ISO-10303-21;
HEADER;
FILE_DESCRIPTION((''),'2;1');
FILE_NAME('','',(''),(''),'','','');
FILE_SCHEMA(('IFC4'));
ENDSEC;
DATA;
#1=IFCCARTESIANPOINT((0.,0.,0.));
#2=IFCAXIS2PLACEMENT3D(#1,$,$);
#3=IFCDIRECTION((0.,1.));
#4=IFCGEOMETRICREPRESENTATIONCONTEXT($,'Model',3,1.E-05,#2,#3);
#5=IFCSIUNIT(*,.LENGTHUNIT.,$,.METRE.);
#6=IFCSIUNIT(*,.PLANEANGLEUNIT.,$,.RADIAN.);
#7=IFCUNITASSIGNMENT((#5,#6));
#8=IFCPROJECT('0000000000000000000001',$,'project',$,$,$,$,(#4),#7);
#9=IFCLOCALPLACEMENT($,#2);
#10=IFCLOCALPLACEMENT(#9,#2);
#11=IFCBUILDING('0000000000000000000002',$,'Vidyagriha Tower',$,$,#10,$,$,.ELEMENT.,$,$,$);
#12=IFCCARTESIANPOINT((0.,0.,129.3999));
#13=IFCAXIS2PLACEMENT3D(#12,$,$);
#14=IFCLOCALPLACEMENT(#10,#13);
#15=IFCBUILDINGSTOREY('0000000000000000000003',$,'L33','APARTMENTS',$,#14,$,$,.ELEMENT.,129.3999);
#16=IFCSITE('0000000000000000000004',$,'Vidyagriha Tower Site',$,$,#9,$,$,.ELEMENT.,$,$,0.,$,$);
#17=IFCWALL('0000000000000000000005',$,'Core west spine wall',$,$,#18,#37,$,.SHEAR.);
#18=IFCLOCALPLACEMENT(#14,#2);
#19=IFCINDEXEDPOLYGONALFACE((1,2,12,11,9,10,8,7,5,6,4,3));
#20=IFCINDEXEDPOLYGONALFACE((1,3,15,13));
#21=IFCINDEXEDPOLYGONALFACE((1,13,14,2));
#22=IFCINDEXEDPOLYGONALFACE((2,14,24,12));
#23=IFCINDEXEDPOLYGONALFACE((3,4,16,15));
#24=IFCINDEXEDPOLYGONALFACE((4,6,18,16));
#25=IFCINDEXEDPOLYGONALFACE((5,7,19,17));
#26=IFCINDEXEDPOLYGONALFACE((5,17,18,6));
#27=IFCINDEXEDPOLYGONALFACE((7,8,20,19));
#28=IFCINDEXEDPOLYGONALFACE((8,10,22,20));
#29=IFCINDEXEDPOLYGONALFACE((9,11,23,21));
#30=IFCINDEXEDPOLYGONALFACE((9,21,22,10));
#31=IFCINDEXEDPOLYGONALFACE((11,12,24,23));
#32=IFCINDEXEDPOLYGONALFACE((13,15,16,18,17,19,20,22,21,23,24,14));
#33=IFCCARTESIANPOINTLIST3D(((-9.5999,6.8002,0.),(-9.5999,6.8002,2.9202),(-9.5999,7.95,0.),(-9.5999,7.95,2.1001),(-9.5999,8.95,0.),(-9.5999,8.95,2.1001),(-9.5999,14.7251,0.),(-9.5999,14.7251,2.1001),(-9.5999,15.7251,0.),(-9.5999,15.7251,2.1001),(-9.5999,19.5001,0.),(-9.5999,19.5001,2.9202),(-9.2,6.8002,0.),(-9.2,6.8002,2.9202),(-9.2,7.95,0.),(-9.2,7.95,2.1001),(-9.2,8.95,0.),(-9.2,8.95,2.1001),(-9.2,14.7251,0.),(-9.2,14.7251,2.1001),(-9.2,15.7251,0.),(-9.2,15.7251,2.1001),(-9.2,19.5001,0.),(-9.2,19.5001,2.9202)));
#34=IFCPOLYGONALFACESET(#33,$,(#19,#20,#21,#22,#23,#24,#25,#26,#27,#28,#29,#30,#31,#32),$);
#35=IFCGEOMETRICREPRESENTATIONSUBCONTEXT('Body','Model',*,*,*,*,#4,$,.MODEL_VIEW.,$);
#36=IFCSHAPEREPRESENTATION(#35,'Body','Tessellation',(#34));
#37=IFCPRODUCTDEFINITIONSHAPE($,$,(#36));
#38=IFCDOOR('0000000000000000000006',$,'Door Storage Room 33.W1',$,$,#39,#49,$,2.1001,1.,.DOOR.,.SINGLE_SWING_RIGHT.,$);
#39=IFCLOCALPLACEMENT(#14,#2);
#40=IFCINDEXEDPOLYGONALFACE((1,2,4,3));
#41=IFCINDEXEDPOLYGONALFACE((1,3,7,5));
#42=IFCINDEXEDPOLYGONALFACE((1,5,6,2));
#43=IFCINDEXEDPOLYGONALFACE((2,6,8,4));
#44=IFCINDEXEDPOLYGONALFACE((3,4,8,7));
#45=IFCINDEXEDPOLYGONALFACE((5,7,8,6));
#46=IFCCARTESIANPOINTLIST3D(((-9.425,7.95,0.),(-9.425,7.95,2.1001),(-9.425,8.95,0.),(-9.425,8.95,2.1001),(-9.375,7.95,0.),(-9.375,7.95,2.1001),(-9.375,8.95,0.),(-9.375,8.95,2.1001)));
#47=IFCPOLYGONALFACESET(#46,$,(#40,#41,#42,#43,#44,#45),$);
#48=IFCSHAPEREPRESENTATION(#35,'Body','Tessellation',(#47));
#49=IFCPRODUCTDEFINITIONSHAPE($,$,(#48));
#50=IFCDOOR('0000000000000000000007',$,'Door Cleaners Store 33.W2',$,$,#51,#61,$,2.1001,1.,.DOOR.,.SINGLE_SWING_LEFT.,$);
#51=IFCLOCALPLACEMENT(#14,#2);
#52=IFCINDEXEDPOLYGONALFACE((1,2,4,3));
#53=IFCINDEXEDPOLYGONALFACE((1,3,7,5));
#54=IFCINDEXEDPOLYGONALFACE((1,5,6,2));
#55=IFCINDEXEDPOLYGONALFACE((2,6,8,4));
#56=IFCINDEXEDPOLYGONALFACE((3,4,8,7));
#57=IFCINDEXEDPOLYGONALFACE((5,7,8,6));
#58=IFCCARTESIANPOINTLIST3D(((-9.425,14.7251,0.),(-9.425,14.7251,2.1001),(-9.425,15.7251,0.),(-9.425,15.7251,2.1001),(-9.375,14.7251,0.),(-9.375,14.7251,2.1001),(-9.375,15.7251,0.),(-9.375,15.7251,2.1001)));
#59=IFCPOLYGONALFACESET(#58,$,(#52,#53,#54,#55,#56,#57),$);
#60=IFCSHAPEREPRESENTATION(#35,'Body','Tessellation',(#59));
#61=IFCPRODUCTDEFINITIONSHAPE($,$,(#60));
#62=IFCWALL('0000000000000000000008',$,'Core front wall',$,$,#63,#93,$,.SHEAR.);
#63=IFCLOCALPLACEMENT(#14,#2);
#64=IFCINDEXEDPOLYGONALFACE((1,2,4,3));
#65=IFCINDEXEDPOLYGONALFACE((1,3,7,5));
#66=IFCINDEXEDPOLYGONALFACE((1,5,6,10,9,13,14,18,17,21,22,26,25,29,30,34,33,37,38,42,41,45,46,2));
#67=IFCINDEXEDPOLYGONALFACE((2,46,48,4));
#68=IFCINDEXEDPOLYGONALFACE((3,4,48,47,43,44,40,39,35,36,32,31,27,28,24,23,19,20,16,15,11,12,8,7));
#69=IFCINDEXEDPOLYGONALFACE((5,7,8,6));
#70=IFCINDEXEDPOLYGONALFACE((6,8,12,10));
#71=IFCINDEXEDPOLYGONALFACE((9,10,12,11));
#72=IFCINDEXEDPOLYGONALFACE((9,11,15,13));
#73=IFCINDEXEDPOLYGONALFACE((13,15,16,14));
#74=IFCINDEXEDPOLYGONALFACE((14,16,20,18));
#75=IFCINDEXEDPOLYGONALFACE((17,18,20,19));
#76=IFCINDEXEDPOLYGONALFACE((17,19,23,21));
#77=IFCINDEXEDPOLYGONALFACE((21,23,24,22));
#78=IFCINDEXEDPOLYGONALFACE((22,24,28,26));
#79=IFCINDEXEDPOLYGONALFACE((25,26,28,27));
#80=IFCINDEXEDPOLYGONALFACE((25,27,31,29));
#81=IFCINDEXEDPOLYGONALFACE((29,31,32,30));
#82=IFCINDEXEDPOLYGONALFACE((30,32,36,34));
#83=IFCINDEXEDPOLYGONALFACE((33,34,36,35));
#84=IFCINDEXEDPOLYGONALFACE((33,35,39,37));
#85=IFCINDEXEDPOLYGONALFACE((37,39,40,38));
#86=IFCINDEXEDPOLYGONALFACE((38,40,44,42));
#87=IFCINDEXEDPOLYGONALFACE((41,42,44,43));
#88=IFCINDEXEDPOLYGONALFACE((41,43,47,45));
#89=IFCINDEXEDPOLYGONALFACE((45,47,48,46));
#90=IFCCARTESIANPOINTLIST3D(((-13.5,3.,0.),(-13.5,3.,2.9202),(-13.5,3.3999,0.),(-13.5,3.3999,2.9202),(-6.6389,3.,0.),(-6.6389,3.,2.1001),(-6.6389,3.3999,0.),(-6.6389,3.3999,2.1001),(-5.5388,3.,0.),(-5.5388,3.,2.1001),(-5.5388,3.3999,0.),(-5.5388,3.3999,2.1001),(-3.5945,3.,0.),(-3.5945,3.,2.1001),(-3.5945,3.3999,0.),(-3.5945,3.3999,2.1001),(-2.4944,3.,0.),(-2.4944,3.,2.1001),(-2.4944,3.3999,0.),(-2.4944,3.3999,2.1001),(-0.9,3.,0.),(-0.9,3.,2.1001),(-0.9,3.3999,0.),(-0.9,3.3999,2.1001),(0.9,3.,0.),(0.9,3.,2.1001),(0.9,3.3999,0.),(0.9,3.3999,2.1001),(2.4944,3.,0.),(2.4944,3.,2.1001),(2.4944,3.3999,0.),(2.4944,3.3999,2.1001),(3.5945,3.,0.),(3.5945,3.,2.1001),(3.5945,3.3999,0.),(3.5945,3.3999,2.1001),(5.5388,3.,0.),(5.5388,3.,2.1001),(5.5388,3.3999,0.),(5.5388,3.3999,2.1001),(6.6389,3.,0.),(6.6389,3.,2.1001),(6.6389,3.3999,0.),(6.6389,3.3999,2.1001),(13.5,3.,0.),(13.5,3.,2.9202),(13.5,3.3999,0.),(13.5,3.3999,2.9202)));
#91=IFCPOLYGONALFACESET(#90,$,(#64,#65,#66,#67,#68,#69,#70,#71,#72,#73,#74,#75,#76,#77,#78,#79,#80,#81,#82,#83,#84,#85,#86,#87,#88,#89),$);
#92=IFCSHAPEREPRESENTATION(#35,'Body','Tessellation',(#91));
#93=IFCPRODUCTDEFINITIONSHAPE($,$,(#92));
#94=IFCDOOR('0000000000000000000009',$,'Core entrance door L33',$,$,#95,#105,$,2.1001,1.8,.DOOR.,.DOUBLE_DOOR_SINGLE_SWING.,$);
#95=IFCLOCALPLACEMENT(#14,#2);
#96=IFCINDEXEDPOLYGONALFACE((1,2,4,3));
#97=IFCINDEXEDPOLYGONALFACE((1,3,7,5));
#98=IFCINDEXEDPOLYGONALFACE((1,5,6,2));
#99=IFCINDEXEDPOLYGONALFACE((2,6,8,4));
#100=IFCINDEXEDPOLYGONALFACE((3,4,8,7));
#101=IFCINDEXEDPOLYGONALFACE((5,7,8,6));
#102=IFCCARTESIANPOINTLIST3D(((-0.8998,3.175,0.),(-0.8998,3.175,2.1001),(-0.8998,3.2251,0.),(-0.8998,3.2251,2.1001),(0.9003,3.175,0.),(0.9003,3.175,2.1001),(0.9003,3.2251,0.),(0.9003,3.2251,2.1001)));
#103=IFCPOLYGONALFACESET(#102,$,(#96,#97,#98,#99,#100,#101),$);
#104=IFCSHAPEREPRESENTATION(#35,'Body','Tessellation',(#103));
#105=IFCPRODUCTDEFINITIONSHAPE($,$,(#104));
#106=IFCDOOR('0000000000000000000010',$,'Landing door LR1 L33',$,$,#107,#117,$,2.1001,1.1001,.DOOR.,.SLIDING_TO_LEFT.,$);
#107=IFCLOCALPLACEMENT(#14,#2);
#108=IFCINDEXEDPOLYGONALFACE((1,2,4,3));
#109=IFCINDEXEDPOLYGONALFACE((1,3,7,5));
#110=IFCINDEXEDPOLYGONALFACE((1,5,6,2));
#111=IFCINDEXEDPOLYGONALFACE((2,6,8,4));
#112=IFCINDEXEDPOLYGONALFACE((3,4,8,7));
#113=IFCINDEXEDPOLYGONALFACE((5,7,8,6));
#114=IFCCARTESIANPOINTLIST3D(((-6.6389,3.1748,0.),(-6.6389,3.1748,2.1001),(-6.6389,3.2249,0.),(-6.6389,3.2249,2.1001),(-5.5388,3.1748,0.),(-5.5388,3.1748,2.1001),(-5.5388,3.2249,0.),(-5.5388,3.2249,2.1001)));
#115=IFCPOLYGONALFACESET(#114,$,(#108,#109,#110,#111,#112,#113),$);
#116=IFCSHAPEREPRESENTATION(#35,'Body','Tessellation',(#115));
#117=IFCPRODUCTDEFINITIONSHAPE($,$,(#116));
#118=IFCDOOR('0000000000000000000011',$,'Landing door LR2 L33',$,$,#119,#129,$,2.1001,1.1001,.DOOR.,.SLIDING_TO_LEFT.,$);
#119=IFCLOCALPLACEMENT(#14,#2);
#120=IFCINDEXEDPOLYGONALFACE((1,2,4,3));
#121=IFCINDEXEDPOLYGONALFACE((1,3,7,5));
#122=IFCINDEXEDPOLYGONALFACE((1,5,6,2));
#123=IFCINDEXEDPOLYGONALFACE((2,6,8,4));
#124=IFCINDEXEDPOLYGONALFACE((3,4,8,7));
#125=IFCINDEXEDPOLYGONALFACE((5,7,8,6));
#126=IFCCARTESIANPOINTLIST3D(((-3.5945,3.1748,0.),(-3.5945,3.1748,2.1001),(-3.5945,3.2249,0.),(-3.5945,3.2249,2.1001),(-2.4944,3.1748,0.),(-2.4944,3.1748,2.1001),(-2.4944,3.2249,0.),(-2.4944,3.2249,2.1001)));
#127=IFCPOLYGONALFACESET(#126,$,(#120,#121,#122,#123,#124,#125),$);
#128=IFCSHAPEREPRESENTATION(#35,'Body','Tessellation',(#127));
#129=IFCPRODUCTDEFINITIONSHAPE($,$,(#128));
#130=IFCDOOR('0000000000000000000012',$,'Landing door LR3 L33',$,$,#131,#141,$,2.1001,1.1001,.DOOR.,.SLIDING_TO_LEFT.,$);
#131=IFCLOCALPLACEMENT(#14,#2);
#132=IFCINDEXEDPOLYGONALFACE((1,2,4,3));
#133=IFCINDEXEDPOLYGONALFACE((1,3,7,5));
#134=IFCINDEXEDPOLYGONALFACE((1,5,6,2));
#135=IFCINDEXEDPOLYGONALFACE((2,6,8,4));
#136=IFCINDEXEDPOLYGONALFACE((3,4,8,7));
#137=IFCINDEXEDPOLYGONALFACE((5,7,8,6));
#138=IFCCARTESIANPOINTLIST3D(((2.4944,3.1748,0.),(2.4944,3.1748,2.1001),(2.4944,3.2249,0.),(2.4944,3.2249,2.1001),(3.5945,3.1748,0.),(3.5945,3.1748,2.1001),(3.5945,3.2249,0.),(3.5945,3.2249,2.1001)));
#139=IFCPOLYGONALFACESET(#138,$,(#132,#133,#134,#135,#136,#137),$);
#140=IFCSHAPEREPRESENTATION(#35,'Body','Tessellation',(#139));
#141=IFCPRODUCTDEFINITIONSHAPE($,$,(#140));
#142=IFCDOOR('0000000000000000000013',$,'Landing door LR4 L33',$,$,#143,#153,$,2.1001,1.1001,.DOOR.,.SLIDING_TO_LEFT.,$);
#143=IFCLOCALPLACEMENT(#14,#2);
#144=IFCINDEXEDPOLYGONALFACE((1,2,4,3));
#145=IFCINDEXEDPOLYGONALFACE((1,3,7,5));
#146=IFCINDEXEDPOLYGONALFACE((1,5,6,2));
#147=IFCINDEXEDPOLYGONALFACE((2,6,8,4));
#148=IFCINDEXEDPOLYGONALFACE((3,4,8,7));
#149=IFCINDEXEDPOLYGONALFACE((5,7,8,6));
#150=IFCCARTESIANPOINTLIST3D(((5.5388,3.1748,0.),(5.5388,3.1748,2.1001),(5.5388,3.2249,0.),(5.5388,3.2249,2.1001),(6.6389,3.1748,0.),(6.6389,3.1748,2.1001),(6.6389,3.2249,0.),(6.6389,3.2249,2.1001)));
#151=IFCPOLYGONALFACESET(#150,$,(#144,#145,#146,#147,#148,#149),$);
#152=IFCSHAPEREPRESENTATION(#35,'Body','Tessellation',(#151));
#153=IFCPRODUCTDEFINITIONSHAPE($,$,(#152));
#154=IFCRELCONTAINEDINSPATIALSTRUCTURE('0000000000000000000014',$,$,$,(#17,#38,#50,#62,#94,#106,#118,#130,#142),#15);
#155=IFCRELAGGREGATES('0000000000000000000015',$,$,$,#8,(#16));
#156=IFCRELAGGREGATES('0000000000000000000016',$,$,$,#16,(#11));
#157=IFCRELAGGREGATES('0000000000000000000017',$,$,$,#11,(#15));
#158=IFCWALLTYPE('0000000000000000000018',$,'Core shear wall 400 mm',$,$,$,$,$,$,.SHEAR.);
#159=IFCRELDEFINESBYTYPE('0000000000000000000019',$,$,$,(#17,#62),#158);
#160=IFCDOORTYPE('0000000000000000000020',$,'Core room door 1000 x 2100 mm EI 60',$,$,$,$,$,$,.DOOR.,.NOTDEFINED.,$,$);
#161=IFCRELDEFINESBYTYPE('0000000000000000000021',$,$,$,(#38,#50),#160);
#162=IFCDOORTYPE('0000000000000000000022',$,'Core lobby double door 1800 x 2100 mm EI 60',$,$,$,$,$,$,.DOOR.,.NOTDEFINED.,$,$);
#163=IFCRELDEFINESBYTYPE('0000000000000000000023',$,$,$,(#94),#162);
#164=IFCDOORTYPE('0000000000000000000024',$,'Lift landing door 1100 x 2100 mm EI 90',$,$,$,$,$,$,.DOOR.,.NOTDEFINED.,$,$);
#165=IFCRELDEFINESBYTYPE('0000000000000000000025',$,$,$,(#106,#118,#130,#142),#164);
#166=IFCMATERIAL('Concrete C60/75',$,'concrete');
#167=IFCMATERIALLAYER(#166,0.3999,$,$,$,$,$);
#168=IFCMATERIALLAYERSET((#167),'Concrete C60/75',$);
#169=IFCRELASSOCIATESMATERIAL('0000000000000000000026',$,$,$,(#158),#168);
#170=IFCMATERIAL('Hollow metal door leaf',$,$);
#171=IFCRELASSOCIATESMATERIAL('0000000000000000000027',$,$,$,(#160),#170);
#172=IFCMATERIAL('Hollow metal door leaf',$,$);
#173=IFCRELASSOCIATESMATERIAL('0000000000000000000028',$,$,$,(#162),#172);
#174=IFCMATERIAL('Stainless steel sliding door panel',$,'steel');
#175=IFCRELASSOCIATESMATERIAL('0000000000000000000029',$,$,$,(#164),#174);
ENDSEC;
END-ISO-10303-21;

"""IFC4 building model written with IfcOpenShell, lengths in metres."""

from ifc_helpers import new_model, si_unit, direction, frame, frame_2d, origin, place, context, subcontext, project, spatial, rectangle, extrude, material, layer, layer_set, type_object, element, fill, save


model = new_model("IFC4")

# Units and contexts
model_context = context("Model", 3, precision=1e-05, world=origin(), true_north=direction((0.0, 1.0)))
body_context = subcontext(model_context, "Body", "Model", "MODEL_VIEW")
ifc_project = project(units=[si_unit("LENGTHUNIT", "METRE"), si_unit("PLANEANGLEUNIT", "RADIAN")], contexts=[model_context])

# Site, building, storey
site_placement = place(None, origin())
site = spatial("IfcSite", under=ifc_project, at=site_placement, Name="Vidyagriha Tower Site", CompositionType="ELEMENT", RefElevation=0.0)
building_placement = place(site_placement, origin())
building = spatial("IfcBuilding", under=site, at=building_placement, Name="Vidyagriha Tower", CompositionType="ELEMENT")
storey_placement = place(building_placement, frame((0.0, 0.0, 129.3999)))
storey = spatial("IfcBuildingStorey", under=building, at=storey_placement, Name="L33", Description="APARTMENTS", CompositionType="ELEMENT", Elevation=129.3999)

# Walls, openings, doors
ifc_material_1 = material(Name="Concrete C60/75", Category="concrete")
ifc_layer_1 = layer(ifc_material_1, 0.3999)
ifc_layer_set_1 = layer_set([ifc_layer_1], Name="Concrete C60/75")
wall_type_1 = type_object("IfcWallType", Name="Core shear wall 400 mm", PredefinedType="SHEAR", material=ifc_layer_set_1)
wall_1_placement = place(storey_placement, frame((-9.3999, 6.8, 0.0), z_axis=(0.0, 0.0, 1.0), x_axis=(0.0, 1.0, 0.0)))
wall_1 = element("IfcWall", 1, at=wall_1_placement, inside=storey, type_object=wall_type_1, Name="Core west spine wall", PredefinedType="SHEAR", context=body_context, shape_type="SweptSolid", body=[
    extrude(rectangle(XDim=12.7, YDim=0.3999, at=frame_2d((6.3501, 0.0))), origin(), (0.0, 0.0, 1.0), 2.9202),
])
opening_1_placement = place(wall_1_placement, frame((1.1499, 0.0, 0.0)))
opening_1 = element("IfcOpeningElement", 2, at=opening_1_placement, cuts=wall_1, PredefinedType="OPENING", context=body_context, shape_type="SweptSolid", body=[
    extrude(rectangle(XDim=1.0, YDim=2.1001, at=frame_2d((0.5, 1.05))), frame((0.0, 0.21, 0.0), z_axis=(0.0, -1.0, 0.0), x_axis=(1.0, 0.0, 0.0)), (0.0, 0.0, 1.0), 0.4199),
])
opening_2_placement = place(wall_1_placement, frame((7.925, 0.0, 0.0)))
opening_2 = element("IfcOpeningElement", 3, at=opening_2_placement, cuts=wall_1, PredefinedType="OPENING", context=body_context, shape_type="SweptSolid", body=[
    extrude(rectangle(XDim=1.0, YDim=2.1001, at=frame_2d((0.5, 1.05))), frame((0.0, 0.21, 0.0), z_axis=(0.0, -1.0, 0.0), x_axis=(1.0, 0.0, 0.0)), (0.0, 0.0, 1.0), 0.4199),
])
ifc_material_2 = material(Name="Hollow metal door leaf")
door_type_1 = type_object("IfcDoorType", Name="Core room door 1000 x 2100 mm EI 60", OperationType="NOTDEFINED", PredefinedType="DOOR", material=ifc_material_2)
door_1_placement = place(opening_1_placement, frame((1.0, 0.0, 0.0), z_axis=(0.0, 0.0, 1.0), x_axis=(-1.0, 0.0, 0.0)))
door_1 = element("IfcDoor", 4, at=door_1_placement, inside=storey, type_object=door_type_1, Name="Door Storage Room 33.W1", OperationType="SINGLE_SWING_RIGHT", OverallHeight=2.1001, OverallWidth=1.0, PredefinedType="DOOR", context=body_context, shape_type="SweptSolid", body=[
    extrude(rectangle(XDim=1.0, YDim=2.1001, at=frame_2d((0.5, 1.05))), frame((0.0, 0.0249, 0.0), z_axis=(0.0, -1.0, 0.0), x_axis=(1.0, 0.0, 0.0)), (0.0, 0.0, 1.0), 0.05),
])
fill(opening_1, door_1)
door_2_placement = place(opening_2_placement, frame((1.0, 0.0, 0.0), z_axis=(0.0, 0.0, 1.0), x_axis=(-1.0, 0.0, 0.0)))
door_2 = element("IfcDoor", 5, at=door_2_placement, inside=storey, type_object=door_type_1, Name="Door Cleaners Store 33.W2", OperationType="SINGLE_SWING_LEFT", OverallHeight=2.1001, OverallWidth=1.0, PredefinedType="DOOR", context=body_context, shape_type="SweptSolid", body=[
    extrude(rectangle(XDim=1.0, YDim=2.1001, at=frame_2d((0.5, 1.05))), frame((0.0, 0.0249, 0.0), z_axis=(0.0, -1.0, 0.0), x_axis=(1.0, 0.0, 0.0)), (0.0, 0.0, 1.0), 0.05),
])
fill(opening_2, door_2)
wall_2_placement = place(storey_placement, frame((-13.5, 3.2, 0.0)))
wall_2 = element("IfcWall", 6, at=wall_2_placement, inside=storey, type_object=wall_type_1, Name="Core front wall", PredefinedType="SHEAR", context=body_context, shape_type="SweptSolid", body=[
    extrude(rectangle(XDim=27.0, YDim=0.3999, at=frame_2d((13.5, 0.0))), origin(), (0.0, 0.0, 1.0), 2.9202),
])
opening_3_placement = place(wall_2_placement, frame((6.8611, 0.0, 0.0)))
opening_3 = element("IfcOpeningElement", 7, at=opening_3_placement, cuts=wall_2, PredefinedType="OPENING", context=body_context, shape_type="SweptSolid", body=[
    extrude(rectangle(XDim=1.1001, YDim=2.1001, at=frame_2d((0.55, 1.05))), frame((0.0, 0.21, 0.0), z_axis=(0.0, -1.0, 0.0), x_axis=(1.0, 0.0, 0.0)), (0.0, 0.0, 1.0), 0.4199),
])
opening_4_placement = place(wall_2_placement, frame((9.9055, 0.0, 0.0)))
opening_4 = element("IfcOpeningElement", 8, at=opening_4_placement, cuts=wall_2, PredefinedType="OPENING", context=body_context, shape_type="SweptSolid", body=[
    extrude(rectangle(XDim=1.1001, YDim=2.1001, at=frame_2d((0.55, 1.05))), frame((0.0, 0.21, 0.0), z_axis=(0.0, -1.0, 0.0), x_axis=(1.0, 0.0, 0.0)), (0.0, 0.0, 1.0), 0.4199),
])
opening_5_placement = place(wall_2_placement, frame((15.9944, 0.0, 0.0)))
opening_5 = element("IfcOpeningElement", 9, at=opening_5_placement, cuts=wall_2, PredefinedType="OPENING", context=body_context, shape_type="SweptSolid", body=[
    extrude(rectangle(XDim=1.1001, YDim=2.1001, at=frame_2d((0.55, 1.05))), frame((0.0, 0.21, 0.0), z_axis=(0.0, -1.0, 0.0), x_axis=(1.0, 0.0, 0.0)), (0.0, 0.0, 1.0), 0.4199),
])
opening_6_placement = place(wall_2_placement, frame((19.0388, 0.0, 0.0)))
opening_6 = element("IfcOpeningElement", 10, at=opening_6_placement, cuts=wall_2, PredefinedType="OPENING", context=body_context, shape_type="SweptSolid", body=[
    extrude(rectangle(XDim=1.1001, YDim=2.1001, at=frame_2d((0.55, 1.05))), frame((0.0, 0.21, 0.0), z_axis=(0.0, -1.0, 0.0), x_axis=(1.0, 0.0, 0.0)), (0.0, 0.0, 1.0), 0.4199),
])
opening_7_placement = place(wall_2_placement, frame((12.6001, 0.0, 0.0)))
opening_7 = element("IfcOpeningElement", 11, at=opening_7_placement, cuts=wall_2, PredefinedType="OPENING", context=body_context, shape_type="SweptSolid", body=[
    extrude(rectangle(XDim=1.8, YDim=2.1001, at=frame_2d((0.8999, 1.05))), frame((0.0, 0.21, 0.0), z_axis=(0.0, -1.0, 0.0), x_axis=(1.0, 0.0, 0.0)), (0.0, 0.0, 1.0), 0.4199),
])
ifc_material_3 = material(Name="Hollow metal door leaf")
door_type_2 = type_object("IfcDoorType", Name="Core lobby double door 1800 x 2100 mm EI 60", OperationType="NOTDEFINED", PredefinedType="DOOR", material=ifc_material_3)
door_3_placement = place(opening_7_placement, frame((1.8, 0.0, 0.0), z_axis=(0.0, 0.0, 1.0), x_axis=(-1.0, 0.0, 0.0)))
door_3 = element("IfcDoor", 12, at=door_3_placement, inside=storey, type_object=door_type_2, Name="Core entrance door L33", OperationType="DOUBLE_DOOR_SINGLE_SWING", OverallHeight=2.1001, OverallWidth=1.8, PredefinedType="DOOR", context=body_context, shape_type="SweptSolid", body=[
    extrude(rectangle(XDim=1.8, YDim=2.1001, at=frame_2d((0.8999, 1.05))), frame((0.0, 0.0249, 0.0), z_axis=(0.0, -1.0, 0.0), x_axis=(1.0, 0.0, 0.0)), (0.0, 0.0, 1.0), 0.05),
])
fill(opening_7, door_3)
ifc_material_4 = material(Name="Stainless steel sliding door panel", Category="steel")
door_type_3 = type_object("IfcDoorType", Name="Lift landing door 1100 x 2100 mm EI 90", OperationType="NOTDEFINED", PredefinedType="DOOR", material=ifc_material_4)
door_4_placement = place(opening_3_placement, origin())
door_4 = element("IfcDoor", 13, at=door_4_placement, inside=storey, type_object=door_type_3, Name="Landing door LR1 L33", OperationType="SLIDING_TO_LEFT", OverallHeight=2.1001, OverallWidth=1.1001, PredefinedType="DOOR", context=body_context, shape_type="SweptSolid", body=[
    extrude(rectangle(XDim=1.1001, YDim=2.1001, at=frame_2d((0.55, 1.05))), frame((0.0, 0.0249, 0.0), z_axis=(0.0, -1.0, 0.0), x_axis=(1.0, 0.0, 0.0)), (0.0, 0.0, 1.0), 0.05),
])
fill(opening_3, door_4)
door_5_placement = place(opening_4_placement, origin())
door_5 = element("IfcDoor", 14, at=door_5_placement, inside=storey, type_object=door_type_3, Name="Landing door LR2 L33", OperationType="SLIDING_TO_LEFT", OverallHeight=2.1001, OverallWidth=1.1001, PredefinedType="DOOR", context=body_context, shape_type="SweptSolid", body=[
    extrude(rectangle(XDim=1.1001, YDim=2.1001, at=frame_2d((0.55, 1.05))), frame((0.0, 0.0249, 0.0), z_axis=(0.0, -1.0, 0.0), x_axis=(1.0, 0.0, 0.0)), (0.0, 0.0, 1.0), 0.05),
])
fill(opening_4, door_5)
door_6_placement = place(opening_5_placement, origin())
door_6 = element("IfcDoor", 15, at=door_6_placement, inside=storey, type_object=door_type_3, Name="Landing door LR3 L33", OperationType="SLIDING_TO_LEFT", OverallHeight=2.1001, OverallWidth=1.1001, PredefinedType="DOOR", context=body_context, shape_type="SweptSolid", body=[
    extrude(rectangle(XDim=1.1001, YDim=2.1001, at=frame_2d((0.55, 1.05))), frame((0.0, 0.0249, 0.0), z_axis=(0.0, -1.0, 0.0), x_axis=(1.0, 0.0, 0.0)), (0.0, 0.0, 1.0), 0.05),
])
fill(opening_5, door_6)
door_7_placement = place(opening_6_placement, origin())
door_7 = element("IfcDoor", 16, at=door_7_placement, inside=storey, type_object=door_type_3, Name="Landing door LR4 L33", OperationType="SLIDING_TO_LEFT", OverallHeight=2.1001, OverallWidth=1.1001, PredefinedType="DOOR", context=body_context, shape_type="SweptSolid", body=[
    extrude(rectangle(XDim=1.1001, YDim=2.1001, at=frame_2d((0.55, 1.05))), frame((0.0, 0.0249, 0.0), z_axis=(0.0, -1.0, 0.0), x_axis=(1.0, 0.0, 0.0)), (0.0, 0.0, 1.0), 0.05),
])
fill(opening_6, door_7)

save(model, "model.ifc")
